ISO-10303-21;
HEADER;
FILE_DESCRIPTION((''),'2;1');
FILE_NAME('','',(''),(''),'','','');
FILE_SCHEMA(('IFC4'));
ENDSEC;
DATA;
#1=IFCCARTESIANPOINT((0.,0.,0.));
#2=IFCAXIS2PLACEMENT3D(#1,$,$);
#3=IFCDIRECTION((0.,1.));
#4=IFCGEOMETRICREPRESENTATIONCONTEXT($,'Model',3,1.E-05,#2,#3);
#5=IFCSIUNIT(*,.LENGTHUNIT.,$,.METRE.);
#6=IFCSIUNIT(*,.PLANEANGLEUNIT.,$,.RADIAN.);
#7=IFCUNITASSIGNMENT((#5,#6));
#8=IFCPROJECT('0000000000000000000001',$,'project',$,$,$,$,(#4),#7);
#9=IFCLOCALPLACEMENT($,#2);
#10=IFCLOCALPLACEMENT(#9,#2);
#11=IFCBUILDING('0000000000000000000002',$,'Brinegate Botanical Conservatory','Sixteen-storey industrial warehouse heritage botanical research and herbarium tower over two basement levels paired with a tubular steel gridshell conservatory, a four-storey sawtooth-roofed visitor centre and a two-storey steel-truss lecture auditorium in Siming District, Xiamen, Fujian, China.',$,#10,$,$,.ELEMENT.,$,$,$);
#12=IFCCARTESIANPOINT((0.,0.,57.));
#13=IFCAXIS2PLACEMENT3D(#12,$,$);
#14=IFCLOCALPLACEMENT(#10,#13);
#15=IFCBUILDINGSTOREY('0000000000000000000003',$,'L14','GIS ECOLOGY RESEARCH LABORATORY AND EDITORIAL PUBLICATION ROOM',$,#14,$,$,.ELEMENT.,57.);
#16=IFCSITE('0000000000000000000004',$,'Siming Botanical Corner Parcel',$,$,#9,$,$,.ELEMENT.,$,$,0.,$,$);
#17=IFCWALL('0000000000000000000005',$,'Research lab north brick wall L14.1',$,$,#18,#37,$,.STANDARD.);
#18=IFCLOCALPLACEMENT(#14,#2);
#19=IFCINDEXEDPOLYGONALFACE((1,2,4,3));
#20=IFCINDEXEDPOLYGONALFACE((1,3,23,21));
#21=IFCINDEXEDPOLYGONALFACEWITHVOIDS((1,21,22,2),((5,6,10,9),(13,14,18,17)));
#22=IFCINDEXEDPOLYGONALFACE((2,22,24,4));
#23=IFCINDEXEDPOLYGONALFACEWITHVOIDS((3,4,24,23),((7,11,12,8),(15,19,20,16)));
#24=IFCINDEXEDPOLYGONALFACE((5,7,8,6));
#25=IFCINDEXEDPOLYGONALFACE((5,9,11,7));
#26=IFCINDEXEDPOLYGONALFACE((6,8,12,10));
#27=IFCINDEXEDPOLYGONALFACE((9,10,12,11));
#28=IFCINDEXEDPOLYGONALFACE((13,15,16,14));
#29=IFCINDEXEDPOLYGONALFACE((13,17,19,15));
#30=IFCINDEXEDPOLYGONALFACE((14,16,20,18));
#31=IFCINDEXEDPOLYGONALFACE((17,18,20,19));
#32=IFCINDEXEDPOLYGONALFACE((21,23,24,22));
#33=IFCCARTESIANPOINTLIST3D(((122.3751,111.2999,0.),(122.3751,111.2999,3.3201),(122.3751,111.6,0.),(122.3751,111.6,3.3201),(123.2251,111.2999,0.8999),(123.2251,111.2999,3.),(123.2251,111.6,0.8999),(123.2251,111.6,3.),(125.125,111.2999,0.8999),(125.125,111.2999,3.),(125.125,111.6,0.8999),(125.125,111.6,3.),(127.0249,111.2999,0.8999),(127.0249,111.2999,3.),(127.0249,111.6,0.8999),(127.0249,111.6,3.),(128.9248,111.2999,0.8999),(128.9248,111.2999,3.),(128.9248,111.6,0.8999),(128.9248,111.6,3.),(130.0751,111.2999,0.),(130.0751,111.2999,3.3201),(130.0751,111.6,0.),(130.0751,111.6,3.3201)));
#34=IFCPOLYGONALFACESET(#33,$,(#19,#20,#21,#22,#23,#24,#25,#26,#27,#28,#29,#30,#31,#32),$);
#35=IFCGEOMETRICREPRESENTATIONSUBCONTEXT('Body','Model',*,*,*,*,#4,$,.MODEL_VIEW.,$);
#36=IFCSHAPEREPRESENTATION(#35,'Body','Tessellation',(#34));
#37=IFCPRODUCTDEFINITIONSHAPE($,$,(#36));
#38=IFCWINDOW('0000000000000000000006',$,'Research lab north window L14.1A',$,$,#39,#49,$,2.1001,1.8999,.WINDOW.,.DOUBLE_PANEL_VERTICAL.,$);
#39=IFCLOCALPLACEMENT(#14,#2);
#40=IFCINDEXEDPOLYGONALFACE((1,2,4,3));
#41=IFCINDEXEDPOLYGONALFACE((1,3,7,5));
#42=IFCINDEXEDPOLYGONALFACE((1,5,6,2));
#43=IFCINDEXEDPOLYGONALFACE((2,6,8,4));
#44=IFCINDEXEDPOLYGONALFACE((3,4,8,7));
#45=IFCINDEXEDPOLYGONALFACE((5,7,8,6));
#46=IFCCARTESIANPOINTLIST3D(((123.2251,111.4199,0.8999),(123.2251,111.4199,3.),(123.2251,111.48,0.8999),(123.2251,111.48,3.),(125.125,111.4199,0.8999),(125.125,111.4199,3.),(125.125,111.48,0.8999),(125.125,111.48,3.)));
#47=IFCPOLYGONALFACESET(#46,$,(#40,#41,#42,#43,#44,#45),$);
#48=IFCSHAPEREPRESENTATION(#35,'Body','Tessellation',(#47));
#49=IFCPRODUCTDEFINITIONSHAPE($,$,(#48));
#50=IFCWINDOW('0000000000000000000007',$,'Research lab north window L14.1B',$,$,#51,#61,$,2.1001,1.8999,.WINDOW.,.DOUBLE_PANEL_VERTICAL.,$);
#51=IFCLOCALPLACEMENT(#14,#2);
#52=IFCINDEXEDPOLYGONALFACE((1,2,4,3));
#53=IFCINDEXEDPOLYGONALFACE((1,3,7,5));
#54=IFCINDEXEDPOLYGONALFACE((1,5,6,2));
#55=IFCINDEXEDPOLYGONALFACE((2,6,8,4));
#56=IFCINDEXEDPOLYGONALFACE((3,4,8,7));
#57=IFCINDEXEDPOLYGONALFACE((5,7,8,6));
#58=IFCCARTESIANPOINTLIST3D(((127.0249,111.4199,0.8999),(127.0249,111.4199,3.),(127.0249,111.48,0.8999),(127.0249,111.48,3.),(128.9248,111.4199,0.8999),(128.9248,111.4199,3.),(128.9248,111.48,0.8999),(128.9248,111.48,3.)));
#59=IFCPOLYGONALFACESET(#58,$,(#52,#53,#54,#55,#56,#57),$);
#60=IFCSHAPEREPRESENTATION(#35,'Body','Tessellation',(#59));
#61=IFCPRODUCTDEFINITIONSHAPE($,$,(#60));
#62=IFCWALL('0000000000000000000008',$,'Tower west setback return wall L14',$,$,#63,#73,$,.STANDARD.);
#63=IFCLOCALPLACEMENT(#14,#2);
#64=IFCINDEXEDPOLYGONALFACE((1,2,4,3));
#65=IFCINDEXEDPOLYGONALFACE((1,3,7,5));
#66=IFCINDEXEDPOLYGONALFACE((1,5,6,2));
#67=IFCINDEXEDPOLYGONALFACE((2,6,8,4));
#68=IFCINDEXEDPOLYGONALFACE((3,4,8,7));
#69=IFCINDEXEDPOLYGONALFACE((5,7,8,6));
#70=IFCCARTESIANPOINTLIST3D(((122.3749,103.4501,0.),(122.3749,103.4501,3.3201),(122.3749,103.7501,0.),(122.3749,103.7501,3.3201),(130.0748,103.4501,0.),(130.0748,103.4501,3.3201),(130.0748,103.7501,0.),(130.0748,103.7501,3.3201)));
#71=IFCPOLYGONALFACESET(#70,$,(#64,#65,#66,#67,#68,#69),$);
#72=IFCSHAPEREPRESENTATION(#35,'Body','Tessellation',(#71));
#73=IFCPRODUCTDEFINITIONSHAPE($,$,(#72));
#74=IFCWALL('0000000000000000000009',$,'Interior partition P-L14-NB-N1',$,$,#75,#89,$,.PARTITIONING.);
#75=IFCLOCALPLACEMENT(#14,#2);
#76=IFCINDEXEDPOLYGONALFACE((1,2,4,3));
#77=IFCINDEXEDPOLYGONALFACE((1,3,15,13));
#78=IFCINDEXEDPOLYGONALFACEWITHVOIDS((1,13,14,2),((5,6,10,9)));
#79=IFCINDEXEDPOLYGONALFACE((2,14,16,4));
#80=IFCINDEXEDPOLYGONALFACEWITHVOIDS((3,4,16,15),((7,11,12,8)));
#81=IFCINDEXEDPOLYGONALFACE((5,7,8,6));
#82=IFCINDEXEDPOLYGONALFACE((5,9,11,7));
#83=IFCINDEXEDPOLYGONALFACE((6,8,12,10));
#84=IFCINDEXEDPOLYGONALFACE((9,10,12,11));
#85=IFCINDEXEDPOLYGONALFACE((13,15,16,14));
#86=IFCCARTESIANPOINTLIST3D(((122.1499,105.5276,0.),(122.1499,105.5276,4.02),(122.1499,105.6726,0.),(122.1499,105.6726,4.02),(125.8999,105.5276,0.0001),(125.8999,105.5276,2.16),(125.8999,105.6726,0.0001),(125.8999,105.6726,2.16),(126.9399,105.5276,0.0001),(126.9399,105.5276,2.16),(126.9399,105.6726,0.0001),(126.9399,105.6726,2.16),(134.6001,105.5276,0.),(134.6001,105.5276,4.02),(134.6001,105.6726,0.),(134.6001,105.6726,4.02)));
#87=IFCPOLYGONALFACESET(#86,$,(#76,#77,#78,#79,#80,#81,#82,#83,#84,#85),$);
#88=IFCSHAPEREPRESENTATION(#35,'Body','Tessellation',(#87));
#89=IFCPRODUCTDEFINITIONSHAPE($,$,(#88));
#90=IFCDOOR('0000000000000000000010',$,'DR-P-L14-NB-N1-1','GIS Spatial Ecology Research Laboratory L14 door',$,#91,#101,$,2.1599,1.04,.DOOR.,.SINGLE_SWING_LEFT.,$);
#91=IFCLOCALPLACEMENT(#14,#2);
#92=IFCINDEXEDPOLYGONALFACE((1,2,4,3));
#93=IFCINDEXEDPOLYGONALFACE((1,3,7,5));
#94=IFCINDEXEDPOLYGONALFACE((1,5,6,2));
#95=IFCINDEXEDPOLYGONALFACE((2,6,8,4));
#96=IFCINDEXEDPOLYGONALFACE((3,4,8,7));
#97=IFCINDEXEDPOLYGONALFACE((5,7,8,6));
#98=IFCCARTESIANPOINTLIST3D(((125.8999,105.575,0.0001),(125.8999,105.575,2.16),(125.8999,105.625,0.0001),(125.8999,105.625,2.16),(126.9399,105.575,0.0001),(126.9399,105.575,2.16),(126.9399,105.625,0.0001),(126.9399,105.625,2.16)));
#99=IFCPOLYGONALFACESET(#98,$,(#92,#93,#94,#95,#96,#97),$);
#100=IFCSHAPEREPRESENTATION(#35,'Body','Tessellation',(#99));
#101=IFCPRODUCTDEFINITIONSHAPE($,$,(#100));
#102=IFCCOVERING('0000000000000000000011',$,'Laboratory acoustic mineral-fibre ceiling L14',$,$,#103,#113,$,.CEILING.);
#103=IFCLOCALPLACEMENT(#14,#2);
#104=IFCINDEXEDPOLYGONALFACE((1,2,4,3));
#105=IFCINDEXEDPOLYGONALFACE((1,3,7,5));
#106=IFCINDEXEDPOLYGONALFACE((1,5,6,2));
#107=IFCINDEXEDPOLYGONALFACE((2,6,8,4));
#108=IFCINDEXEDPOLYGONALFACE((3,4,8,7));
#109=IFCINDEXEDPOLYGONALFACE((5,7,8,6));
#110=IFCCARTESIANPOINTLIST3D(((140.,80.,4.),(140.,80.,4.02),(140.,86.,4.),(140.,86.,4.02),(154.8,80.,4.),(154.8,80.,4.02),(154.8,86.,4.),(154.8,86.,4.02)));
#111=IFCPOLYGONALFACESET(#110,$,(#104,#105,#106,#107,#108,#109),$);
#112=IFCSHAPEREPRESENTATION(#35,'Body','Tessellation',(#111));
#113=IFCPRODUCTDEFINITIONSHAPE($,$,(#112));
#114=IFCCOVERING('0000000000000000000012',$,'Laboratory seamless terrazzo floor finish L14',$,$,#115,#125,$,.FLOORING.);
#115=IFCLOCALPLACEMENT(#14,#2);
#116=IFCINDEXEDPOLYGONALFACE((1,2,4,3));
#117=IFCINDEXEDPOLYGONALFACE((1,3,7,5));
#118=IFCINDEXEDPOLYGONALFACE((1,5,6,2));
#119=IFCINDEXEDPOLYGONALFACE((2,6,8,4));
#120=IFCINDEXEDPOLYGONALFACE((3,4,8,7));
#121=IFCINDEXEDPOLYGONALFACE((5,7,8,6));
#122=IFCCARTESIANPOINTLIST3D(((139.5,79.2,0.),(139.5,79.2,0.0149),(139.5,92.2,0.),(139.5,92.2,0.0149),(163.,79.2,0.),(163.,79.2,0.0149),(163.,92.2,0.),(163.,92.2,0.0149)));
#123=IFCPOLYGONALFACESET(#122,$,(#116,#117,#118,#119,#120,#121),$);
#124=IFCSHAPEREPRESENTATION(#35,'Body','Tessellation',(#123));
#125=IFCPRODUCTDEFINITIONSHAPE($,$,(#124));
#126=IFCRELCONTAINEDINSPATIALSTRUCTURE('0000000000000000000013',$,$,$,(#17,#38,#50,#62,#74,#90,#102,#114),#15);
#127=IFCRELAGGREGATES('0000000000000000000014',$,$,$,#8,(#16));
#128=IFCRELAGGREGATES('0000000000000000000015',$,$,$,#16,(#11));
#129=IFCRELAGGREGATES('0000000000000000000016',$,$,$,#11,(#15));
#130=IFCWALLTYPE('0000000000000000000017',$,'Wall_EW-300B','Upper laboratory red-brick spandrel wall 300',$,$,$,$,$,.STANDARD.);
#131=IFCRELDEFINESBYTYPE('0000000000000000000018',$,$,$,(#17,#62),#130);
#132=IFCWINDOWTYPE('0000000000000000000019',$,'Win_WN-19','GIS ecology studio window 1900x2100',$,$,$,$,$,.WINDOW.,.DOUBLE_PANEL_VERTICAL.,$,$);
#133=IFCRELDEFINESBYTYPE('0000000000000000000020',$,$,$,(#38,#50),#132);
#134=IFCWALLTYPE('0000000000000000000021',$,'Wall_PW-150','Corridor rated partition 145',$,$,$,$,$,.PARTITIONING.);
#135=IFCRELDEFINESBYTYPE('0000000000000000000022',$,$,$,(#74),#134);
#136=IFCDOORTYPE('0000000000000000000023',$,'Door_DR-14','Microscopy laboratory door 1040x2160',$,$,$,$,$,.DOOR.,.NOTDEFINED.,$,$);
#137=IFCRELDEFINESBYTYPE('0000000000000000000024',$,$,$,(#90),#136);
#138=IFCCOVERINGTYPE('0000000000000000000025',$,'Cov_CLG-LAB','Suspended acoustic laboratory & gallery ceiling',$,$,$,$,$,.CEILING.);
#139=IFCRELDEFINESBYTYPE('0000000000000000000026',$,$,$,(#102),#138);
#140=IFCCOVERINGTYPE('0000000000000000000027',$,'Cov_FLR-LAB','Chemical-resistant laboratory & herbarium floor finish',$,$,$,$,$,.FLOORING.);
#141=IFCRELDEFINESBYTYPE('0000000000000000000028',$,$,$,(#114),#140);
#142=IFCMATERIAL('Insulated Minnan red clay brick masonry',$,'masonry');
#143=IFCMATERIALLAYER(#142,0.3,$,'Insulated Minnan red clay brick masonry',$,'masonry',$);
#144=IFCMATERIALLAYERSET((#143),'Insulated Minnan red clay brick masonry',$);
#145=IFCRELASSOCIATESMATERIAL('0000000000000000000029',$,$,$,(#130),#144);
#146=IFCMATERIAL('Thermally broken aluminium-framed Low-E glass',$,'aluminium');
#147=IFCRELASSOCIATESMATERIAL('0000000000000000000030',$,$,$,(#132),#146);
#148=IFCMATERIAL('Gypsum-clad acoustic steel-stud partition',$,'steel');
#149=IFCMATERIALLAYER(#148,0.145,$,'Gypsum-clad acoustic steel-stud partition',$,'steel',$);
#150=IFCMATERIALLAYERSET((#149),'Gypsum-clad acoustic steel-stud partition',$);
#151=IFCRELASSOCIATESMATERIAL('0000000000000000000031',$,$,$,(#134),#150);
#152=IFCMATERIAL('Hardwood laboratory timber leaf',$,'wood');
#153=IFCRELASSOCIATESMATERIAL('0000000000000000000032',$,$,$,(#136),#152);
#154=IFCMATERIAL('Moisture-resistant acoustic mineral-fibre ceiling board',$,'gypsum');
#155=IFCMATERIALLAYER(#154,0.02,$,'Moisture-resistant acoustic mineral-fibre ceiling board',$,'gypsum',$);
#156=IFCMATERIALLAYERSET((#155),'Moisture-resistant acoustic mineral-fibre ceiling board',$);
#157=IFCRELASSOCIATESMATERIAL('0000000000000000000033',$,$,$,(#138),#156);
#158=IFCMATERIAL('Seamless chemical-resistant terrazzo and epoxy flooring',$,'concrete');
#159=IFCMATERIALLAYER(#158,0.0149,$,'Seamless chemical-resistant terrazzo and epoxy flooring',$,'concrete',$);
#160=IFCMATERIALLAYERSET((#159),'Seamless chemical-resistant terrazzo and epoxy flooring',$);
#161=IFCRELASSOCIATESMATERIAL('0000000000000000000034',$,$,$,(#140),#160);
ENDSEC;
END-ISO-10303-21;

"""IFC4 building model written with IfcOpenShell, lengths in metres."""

from ifc_helpers import new_model, si_unit, direction, frame, frame_2d, origin, place, context, subcontext, project, spatial, polyline, rectangle, outline, extrude, material, layer, layer_set, type_object, element, fill, save


model = new_model("IFC4")

# Units and contexts
model_context = context("Model", 3, precision=1e-05, world=origin(), true_north=direction((0.0, 1.0)))
body_context = subcontext(model_context, "Body", "Model", "MODEL_VIEW")
ifc_project = project(units=[si_unit("LENGTHUNIT", "METRE"), si_unit("PLANEANGLEUNIT", "RADIAN")], contexts=[model_context])

# Site, building, storey
site_placement = place(None, origin())
site = spatial("IfcSite", under=ifc_project, at=site_placement, Name="Siming Botanical Corner Parcel", CompositionType="ELEMENT", RefElevation=0.0)
building_placement = place(site_placement, origin())
building = spatial("IfcBuilding", under=site, at=building_placement, Name="Brinegate Botanical Conservatory", Description="Sixteen-storey industrial warehouse heritage botanical research and herbarium tower over two basement levels paired with a tubular steel gridshell conservatory, a four-storey sawtooth-roofed visitor centre and a two-storey steel-truss lecture auditorium in Siming District, Xiamen, Fujian, China.", CompositionType="ELEMENT")
storey_placement = place(building_placement, frame((0.0, 0.0, 57.0)))
storey = spatial("IfcBuildingStorey", under=building, at=storey_placement, Name="L14", Description="GIS ECOLOGY RESEARCH LABORATORY AND EDITORIAL PUBLICATION ROOM", CompositionType="ELEMENT", Elevation=57.0)

# Wall, openings, windows
ifc_material_1 = material(Name="Insulated Minnan red clay brick masonry", Category="masonry")
ifc_layer_1 = layer(ifc_material_1, 0.3, Name="Insulated Minnan red clay brick masonry", Category="masonry")
ifc_layer_set_1 = layer_set([ifc_layer_1], Name="Insulated Minnan red clay brick masonry")
wall_type_1 = type_object("IfcWallType", Name="Wall_EW-300B", Description="Upper laboratory red-brick spandrel wall 300", PredefinedType="STANDARD", material=ifc_layer_set_1)
wall_1_placement = place(storey_placement, frame((122.375, 111.45, 0.0), z_axis=(0.0, 0.0, 1.0), x_axis=(1.0, 0.0, 0.0)))
wall_1 = element("IfcWall", 1, at=wall_1_placement, inside=storey, type_object=wall_type_1, Name="Research lab north brick wall L14.1", PredefinedType="STANDARD", context=body_context, shape_type="SweptSolid", body=[
    extrude(rectangle(XDim=7.7, YDim=0.3, at=frame_2d((3.8501, 0.0))), origin(), (0.0, 0.0, 1.0), 3.3201),
])
opening_1_placement = place(wall_1_placement, frame((0.8501, 0.0, 0.8999)))
opening_1 = element("IfcOpeningElement", 2, at=opening_1_placement, cuts=wall_1, PredefinedType="OPENING", context=body_context, shape_type="SweptSolid", body=[
    extrude(rectangle(XDim=1.8999, YDim=2.1001, at=frame_2d((0.95, 1.05))), frame((0.0, 0.1599, 0.0), z_axis=(0.0, -1.0, 0.0), x_axis=(1.0, 0.0, 0.0)), (0.0, 0.0, 1.0), 0.3201),
])
opening_2_placement = place(wall_1_placement, frame((4.6499, 0.0, 0.8999)))
opening_2 = element("IfcOpeningElement", 3, at=opening_2_placement, cuts=wall_1, PredefinedType="OPENING", context=body_context, shape_type="SweptSolid", body=[
    extrude(rectangle(XDim=1.8999, YDim=2.1001, at=frame_2d((0.95, 1.05))), frame((0.0, 0.1599, 0.0), z_axis=(0.0, -1.0, 0.0), x_axis=(1.0, 0.0, 0.0)), (0.0, 0.0, 1.0), 0.3201),
])
ifc_material_2 = material(Name="Thermally broken aluminium-framed Low-E glass", Category="aluminium")
window_type = type_object("IfcWindowType", Name="Win_WN-19", Description="GIS ecology studio window 1900x2100", PartitioningType="DOUBLE_PANEL_VERTICAL", PredefinedType="WINDOW", material=ifc_material_2)
window_1_placement = place(opening_1_placement, origin())
window_1 = element("IfcWindow", 4, at=window_1_placement, inside=storey, type_object=window_type, Name="Research lab north window L14.1A", OverallHeight=2.1001, OverallWidth=1.8999, PartitioningType="DOUBLE_PANEL_VERTICAL", PredefinedType="WINDOW", context=body_context, shape_type="SweptSolid", body=[
    extrude(rectangle(XDim=1.8999, YDim=2.1001, at=frame_2d((0.95, 1.05))), frame((0.0, 0.03, 0.0), z_axis=(0.0, -1.0, 0.0), x_axis=(1.0, 0.0, 0.0)), (0.0, 0.0, 1.0), 0.0601),
])
fill(opening_1, window_1)
window_2_placement = place(opening_2_placement, origin())
window_2 = element("IfcWindow", 5, at=window_2_placement, inside=storey, type_object=window_type, Name="Research lab north window L14.1B", OverallHeight=2.1001, OverallWidth=1.8999, PartitioningType="DOUBLE_PANEL_VERTICAL", PredefinedType="WINDOW", context=body_context, shape_type="SweptSolid", body=[
    extrude(rectangle(XDim=1.8999, YDim=2.1001, at=frame_2d((0.95, 1.05))), frame((0.0, 0.03, 0.0), z_axis=(0.0, -1.0, 0.0), x_axis=(1.0, 0.0, 0.0)), (0.0, 0.0, 1.0), 0.0601),
])
fill(opening_2, window_2)

# Wall
wall_2_placement = place(storey_placement, frame((130.075, 103.6001, 0.0), z_axis=(0.0, 0.0, 1.0), x_axis=(-1.0, 0.0, 0.0)))
element("IfcWall", 6, at=wall_2_placement, inside=storey, type_object=wall_type_1, Name="Tower west setback return wall L14", PredefinedType="STANDARD", context=body_context, shape_type="SweptSolid", body=[
    extrude(rectangle(XDim=7.7, YDim=0.3, at=frame_2d((3.8501, 0.0))), origin(), (0.0, 0.0, 1.0), 3.3201),
])

# Wall, opening, door
ifc_material_3 = material(Name="Gypsum-clad acoustic steel-stud partition", Category="steel")
ifc_layer_2 = layer(ifc_material_3, 0.145, Name="Gypsum-clad acoustic steel-stud partition", Category="steel")
ifc_layer_set_2 = layer_set([ifc_layer_2], Name="Gypsum-clad acoustic steel-stud partition")
wall_type_2 = type_object("IfcWallType", Name="Wall_PW-150", Description="Corridor rated partition 145", PredefinedType="PARTITIONING", material=ifc_layer_set_2)
wall_3_placement = place(storey_placement, frame((122.1499, 105.6001, 0.0), z_axis=(0.0, 0.0, 1.0), x_axis=(1.0, 0.0, 0.0)))
wall_3 = element("IfcWall", 7, at=wall_3_placement, inside=storey, type_object=wall_type_2, Name="Interior partition P-L14-NB-N1", PredefinedType="PARTITIONING", context=body_context, shape_type="SweptSolid", body=[
    extrude(rectangle(XDim=12.4502, YDim=0.145, at=frame_2d((6.2251, 0.0))), origin(), (0.0, 0.0, 1.0), 4.02),
])
opening_3_placement = place(wall_3_placement, frame((3.75, 0.0, 0.0)))
opening_3 = element("IfcOpeningElement", 8, at=opening_3_placement, cuts=wall_3, PredefinedType="OPENING", context=body_context, shape_type="SweptSolid", body=[
    extrude(rectangle(XDim=1.04, YDim=2.1599, at=frame_2d((0.52, 1.0801))), frame((0.0, 0.0825, 0.0), z_axis=(0.0, -1.0, 0.0), x_axis=(1.0, 0.0, 0.0)), (0.0, 0.0, 1.0), 0.165),
])
ifc_material_4 = material(Name="Hardwood laboratory timber leaf", Category="wood")
door_type = type_object("IfcDoorType", Name="Door_DR-14", Description="Microscopy laboratory door 1040x2160", OperationType="NOTDEFINED", PredefinedType="DOOR", material=ifc_material_4)
door_placement = place(opening_3_placement, origin())
door = element("IfcDoor", 9, at=door_placement, inside=storey, type_object=door_type, Name="DR-P-L14-NB-N1-1", Description="GIS Spatial Ecology Research Laboratory L14 door", OperationType="SINGLE_SWING_LEFT", OverallHeight=2.1599, OverallWidth=1.04, PredefinedType="DOOR", context=body_context, shape_type="SweptSolid", body=[
    extrude(rectangle(XDim=1.04, YDim=2.1599, at=frame_2d((0.52, 1.0801))), frame((0.0, 0.0249, 0.0), z_axis=(0.0, -1.0, 0.0), x_axis=(1.0, 0.0, 0.0)), (0.0, 0.0, 1.0), 0.05),
])
fill(opening_3, door)

# Coverings
ifc_material_5 = material(Name="Moisture-resistant acoustic mineral-fibre ceiling board", Category="gypsum")
ifc_layer_3 = layer(ifc_material_5, 0.02, Name="Moisture-resistant acoustic mineral-fibre ceiling board", Category="gypsum")
ifc_layer_set_3 = layer_set([ifc_layer_3], Name="Moisture-resistant acoustic mineral-fibre ceiling board")
covering_type_1 = type_object("IfcCoveringType", Name="Cov_CLG-LAB", Description="Suspended acoustic laboratory & gallery ceiling", PredefinedType="CEILING", material=ifc_layer_set_3)
covering_1_placement = place(storey_placement, frame((0.0, 0.0, 4.0)))
element("IfcCovering", 10, at=covering_1_placement, inside=storey, type_object=covering_type_1, Name="Laboratory acoustic mineral-fibre ceiling L14", PredefinedType="CEILING", context=body_context, shape_type="SweptSolid", body=[
    extrude(outline(polyline([(140.0, 80.0), (154.8, 80.0), (154.8, 86.0), (140.0, 86.0), (140.0, 80.0)])), origin(), (0.0, 0.0, 1.0), 0.02),
])
ifc_material_6 = material(Name="Seamless chemical-resistant terrazzo and epoxy flooring", Category="concrete")
ifc_layer_4 = layer(ifc_material_6, 0.0149, Name="Seamless chemical-resistant terrazzo and epoxy flooring", Category="concrete")
ifc_layer_set_4 = layer_set([ifc_layer_4], Name="Seamless chemical-resistant terrazzo and epoxy flooring")
covering_type_2 = type_object("IfcCoveringType", Name="Cov_FLR-LAB", Description="Chemical-resistant laboratory & herbarium floor finish", PredefinedType="FLOORING", material=ifc_layer_set_4)
covering_2_placement = place(storey_placement, origin())
element("IfcCovering", 11, at=covering_2_placement, inside=storey, type_object=covering_type_2, Name="Laboratory seamless terrazzo floor finish L14", PredefinedType="FLOORING", context=body_context, shape_type="SweptSolid", body=[
    extrude(outline(polyline([(139.5, 79.2), (163.0, 79.2), (163.0, 92.2), (139.5, 92.2), (139.5, 79.2)])), origin(), (0.0, 0.0, 1.0), 0.0149),
])

save(model, "model.ifc")
